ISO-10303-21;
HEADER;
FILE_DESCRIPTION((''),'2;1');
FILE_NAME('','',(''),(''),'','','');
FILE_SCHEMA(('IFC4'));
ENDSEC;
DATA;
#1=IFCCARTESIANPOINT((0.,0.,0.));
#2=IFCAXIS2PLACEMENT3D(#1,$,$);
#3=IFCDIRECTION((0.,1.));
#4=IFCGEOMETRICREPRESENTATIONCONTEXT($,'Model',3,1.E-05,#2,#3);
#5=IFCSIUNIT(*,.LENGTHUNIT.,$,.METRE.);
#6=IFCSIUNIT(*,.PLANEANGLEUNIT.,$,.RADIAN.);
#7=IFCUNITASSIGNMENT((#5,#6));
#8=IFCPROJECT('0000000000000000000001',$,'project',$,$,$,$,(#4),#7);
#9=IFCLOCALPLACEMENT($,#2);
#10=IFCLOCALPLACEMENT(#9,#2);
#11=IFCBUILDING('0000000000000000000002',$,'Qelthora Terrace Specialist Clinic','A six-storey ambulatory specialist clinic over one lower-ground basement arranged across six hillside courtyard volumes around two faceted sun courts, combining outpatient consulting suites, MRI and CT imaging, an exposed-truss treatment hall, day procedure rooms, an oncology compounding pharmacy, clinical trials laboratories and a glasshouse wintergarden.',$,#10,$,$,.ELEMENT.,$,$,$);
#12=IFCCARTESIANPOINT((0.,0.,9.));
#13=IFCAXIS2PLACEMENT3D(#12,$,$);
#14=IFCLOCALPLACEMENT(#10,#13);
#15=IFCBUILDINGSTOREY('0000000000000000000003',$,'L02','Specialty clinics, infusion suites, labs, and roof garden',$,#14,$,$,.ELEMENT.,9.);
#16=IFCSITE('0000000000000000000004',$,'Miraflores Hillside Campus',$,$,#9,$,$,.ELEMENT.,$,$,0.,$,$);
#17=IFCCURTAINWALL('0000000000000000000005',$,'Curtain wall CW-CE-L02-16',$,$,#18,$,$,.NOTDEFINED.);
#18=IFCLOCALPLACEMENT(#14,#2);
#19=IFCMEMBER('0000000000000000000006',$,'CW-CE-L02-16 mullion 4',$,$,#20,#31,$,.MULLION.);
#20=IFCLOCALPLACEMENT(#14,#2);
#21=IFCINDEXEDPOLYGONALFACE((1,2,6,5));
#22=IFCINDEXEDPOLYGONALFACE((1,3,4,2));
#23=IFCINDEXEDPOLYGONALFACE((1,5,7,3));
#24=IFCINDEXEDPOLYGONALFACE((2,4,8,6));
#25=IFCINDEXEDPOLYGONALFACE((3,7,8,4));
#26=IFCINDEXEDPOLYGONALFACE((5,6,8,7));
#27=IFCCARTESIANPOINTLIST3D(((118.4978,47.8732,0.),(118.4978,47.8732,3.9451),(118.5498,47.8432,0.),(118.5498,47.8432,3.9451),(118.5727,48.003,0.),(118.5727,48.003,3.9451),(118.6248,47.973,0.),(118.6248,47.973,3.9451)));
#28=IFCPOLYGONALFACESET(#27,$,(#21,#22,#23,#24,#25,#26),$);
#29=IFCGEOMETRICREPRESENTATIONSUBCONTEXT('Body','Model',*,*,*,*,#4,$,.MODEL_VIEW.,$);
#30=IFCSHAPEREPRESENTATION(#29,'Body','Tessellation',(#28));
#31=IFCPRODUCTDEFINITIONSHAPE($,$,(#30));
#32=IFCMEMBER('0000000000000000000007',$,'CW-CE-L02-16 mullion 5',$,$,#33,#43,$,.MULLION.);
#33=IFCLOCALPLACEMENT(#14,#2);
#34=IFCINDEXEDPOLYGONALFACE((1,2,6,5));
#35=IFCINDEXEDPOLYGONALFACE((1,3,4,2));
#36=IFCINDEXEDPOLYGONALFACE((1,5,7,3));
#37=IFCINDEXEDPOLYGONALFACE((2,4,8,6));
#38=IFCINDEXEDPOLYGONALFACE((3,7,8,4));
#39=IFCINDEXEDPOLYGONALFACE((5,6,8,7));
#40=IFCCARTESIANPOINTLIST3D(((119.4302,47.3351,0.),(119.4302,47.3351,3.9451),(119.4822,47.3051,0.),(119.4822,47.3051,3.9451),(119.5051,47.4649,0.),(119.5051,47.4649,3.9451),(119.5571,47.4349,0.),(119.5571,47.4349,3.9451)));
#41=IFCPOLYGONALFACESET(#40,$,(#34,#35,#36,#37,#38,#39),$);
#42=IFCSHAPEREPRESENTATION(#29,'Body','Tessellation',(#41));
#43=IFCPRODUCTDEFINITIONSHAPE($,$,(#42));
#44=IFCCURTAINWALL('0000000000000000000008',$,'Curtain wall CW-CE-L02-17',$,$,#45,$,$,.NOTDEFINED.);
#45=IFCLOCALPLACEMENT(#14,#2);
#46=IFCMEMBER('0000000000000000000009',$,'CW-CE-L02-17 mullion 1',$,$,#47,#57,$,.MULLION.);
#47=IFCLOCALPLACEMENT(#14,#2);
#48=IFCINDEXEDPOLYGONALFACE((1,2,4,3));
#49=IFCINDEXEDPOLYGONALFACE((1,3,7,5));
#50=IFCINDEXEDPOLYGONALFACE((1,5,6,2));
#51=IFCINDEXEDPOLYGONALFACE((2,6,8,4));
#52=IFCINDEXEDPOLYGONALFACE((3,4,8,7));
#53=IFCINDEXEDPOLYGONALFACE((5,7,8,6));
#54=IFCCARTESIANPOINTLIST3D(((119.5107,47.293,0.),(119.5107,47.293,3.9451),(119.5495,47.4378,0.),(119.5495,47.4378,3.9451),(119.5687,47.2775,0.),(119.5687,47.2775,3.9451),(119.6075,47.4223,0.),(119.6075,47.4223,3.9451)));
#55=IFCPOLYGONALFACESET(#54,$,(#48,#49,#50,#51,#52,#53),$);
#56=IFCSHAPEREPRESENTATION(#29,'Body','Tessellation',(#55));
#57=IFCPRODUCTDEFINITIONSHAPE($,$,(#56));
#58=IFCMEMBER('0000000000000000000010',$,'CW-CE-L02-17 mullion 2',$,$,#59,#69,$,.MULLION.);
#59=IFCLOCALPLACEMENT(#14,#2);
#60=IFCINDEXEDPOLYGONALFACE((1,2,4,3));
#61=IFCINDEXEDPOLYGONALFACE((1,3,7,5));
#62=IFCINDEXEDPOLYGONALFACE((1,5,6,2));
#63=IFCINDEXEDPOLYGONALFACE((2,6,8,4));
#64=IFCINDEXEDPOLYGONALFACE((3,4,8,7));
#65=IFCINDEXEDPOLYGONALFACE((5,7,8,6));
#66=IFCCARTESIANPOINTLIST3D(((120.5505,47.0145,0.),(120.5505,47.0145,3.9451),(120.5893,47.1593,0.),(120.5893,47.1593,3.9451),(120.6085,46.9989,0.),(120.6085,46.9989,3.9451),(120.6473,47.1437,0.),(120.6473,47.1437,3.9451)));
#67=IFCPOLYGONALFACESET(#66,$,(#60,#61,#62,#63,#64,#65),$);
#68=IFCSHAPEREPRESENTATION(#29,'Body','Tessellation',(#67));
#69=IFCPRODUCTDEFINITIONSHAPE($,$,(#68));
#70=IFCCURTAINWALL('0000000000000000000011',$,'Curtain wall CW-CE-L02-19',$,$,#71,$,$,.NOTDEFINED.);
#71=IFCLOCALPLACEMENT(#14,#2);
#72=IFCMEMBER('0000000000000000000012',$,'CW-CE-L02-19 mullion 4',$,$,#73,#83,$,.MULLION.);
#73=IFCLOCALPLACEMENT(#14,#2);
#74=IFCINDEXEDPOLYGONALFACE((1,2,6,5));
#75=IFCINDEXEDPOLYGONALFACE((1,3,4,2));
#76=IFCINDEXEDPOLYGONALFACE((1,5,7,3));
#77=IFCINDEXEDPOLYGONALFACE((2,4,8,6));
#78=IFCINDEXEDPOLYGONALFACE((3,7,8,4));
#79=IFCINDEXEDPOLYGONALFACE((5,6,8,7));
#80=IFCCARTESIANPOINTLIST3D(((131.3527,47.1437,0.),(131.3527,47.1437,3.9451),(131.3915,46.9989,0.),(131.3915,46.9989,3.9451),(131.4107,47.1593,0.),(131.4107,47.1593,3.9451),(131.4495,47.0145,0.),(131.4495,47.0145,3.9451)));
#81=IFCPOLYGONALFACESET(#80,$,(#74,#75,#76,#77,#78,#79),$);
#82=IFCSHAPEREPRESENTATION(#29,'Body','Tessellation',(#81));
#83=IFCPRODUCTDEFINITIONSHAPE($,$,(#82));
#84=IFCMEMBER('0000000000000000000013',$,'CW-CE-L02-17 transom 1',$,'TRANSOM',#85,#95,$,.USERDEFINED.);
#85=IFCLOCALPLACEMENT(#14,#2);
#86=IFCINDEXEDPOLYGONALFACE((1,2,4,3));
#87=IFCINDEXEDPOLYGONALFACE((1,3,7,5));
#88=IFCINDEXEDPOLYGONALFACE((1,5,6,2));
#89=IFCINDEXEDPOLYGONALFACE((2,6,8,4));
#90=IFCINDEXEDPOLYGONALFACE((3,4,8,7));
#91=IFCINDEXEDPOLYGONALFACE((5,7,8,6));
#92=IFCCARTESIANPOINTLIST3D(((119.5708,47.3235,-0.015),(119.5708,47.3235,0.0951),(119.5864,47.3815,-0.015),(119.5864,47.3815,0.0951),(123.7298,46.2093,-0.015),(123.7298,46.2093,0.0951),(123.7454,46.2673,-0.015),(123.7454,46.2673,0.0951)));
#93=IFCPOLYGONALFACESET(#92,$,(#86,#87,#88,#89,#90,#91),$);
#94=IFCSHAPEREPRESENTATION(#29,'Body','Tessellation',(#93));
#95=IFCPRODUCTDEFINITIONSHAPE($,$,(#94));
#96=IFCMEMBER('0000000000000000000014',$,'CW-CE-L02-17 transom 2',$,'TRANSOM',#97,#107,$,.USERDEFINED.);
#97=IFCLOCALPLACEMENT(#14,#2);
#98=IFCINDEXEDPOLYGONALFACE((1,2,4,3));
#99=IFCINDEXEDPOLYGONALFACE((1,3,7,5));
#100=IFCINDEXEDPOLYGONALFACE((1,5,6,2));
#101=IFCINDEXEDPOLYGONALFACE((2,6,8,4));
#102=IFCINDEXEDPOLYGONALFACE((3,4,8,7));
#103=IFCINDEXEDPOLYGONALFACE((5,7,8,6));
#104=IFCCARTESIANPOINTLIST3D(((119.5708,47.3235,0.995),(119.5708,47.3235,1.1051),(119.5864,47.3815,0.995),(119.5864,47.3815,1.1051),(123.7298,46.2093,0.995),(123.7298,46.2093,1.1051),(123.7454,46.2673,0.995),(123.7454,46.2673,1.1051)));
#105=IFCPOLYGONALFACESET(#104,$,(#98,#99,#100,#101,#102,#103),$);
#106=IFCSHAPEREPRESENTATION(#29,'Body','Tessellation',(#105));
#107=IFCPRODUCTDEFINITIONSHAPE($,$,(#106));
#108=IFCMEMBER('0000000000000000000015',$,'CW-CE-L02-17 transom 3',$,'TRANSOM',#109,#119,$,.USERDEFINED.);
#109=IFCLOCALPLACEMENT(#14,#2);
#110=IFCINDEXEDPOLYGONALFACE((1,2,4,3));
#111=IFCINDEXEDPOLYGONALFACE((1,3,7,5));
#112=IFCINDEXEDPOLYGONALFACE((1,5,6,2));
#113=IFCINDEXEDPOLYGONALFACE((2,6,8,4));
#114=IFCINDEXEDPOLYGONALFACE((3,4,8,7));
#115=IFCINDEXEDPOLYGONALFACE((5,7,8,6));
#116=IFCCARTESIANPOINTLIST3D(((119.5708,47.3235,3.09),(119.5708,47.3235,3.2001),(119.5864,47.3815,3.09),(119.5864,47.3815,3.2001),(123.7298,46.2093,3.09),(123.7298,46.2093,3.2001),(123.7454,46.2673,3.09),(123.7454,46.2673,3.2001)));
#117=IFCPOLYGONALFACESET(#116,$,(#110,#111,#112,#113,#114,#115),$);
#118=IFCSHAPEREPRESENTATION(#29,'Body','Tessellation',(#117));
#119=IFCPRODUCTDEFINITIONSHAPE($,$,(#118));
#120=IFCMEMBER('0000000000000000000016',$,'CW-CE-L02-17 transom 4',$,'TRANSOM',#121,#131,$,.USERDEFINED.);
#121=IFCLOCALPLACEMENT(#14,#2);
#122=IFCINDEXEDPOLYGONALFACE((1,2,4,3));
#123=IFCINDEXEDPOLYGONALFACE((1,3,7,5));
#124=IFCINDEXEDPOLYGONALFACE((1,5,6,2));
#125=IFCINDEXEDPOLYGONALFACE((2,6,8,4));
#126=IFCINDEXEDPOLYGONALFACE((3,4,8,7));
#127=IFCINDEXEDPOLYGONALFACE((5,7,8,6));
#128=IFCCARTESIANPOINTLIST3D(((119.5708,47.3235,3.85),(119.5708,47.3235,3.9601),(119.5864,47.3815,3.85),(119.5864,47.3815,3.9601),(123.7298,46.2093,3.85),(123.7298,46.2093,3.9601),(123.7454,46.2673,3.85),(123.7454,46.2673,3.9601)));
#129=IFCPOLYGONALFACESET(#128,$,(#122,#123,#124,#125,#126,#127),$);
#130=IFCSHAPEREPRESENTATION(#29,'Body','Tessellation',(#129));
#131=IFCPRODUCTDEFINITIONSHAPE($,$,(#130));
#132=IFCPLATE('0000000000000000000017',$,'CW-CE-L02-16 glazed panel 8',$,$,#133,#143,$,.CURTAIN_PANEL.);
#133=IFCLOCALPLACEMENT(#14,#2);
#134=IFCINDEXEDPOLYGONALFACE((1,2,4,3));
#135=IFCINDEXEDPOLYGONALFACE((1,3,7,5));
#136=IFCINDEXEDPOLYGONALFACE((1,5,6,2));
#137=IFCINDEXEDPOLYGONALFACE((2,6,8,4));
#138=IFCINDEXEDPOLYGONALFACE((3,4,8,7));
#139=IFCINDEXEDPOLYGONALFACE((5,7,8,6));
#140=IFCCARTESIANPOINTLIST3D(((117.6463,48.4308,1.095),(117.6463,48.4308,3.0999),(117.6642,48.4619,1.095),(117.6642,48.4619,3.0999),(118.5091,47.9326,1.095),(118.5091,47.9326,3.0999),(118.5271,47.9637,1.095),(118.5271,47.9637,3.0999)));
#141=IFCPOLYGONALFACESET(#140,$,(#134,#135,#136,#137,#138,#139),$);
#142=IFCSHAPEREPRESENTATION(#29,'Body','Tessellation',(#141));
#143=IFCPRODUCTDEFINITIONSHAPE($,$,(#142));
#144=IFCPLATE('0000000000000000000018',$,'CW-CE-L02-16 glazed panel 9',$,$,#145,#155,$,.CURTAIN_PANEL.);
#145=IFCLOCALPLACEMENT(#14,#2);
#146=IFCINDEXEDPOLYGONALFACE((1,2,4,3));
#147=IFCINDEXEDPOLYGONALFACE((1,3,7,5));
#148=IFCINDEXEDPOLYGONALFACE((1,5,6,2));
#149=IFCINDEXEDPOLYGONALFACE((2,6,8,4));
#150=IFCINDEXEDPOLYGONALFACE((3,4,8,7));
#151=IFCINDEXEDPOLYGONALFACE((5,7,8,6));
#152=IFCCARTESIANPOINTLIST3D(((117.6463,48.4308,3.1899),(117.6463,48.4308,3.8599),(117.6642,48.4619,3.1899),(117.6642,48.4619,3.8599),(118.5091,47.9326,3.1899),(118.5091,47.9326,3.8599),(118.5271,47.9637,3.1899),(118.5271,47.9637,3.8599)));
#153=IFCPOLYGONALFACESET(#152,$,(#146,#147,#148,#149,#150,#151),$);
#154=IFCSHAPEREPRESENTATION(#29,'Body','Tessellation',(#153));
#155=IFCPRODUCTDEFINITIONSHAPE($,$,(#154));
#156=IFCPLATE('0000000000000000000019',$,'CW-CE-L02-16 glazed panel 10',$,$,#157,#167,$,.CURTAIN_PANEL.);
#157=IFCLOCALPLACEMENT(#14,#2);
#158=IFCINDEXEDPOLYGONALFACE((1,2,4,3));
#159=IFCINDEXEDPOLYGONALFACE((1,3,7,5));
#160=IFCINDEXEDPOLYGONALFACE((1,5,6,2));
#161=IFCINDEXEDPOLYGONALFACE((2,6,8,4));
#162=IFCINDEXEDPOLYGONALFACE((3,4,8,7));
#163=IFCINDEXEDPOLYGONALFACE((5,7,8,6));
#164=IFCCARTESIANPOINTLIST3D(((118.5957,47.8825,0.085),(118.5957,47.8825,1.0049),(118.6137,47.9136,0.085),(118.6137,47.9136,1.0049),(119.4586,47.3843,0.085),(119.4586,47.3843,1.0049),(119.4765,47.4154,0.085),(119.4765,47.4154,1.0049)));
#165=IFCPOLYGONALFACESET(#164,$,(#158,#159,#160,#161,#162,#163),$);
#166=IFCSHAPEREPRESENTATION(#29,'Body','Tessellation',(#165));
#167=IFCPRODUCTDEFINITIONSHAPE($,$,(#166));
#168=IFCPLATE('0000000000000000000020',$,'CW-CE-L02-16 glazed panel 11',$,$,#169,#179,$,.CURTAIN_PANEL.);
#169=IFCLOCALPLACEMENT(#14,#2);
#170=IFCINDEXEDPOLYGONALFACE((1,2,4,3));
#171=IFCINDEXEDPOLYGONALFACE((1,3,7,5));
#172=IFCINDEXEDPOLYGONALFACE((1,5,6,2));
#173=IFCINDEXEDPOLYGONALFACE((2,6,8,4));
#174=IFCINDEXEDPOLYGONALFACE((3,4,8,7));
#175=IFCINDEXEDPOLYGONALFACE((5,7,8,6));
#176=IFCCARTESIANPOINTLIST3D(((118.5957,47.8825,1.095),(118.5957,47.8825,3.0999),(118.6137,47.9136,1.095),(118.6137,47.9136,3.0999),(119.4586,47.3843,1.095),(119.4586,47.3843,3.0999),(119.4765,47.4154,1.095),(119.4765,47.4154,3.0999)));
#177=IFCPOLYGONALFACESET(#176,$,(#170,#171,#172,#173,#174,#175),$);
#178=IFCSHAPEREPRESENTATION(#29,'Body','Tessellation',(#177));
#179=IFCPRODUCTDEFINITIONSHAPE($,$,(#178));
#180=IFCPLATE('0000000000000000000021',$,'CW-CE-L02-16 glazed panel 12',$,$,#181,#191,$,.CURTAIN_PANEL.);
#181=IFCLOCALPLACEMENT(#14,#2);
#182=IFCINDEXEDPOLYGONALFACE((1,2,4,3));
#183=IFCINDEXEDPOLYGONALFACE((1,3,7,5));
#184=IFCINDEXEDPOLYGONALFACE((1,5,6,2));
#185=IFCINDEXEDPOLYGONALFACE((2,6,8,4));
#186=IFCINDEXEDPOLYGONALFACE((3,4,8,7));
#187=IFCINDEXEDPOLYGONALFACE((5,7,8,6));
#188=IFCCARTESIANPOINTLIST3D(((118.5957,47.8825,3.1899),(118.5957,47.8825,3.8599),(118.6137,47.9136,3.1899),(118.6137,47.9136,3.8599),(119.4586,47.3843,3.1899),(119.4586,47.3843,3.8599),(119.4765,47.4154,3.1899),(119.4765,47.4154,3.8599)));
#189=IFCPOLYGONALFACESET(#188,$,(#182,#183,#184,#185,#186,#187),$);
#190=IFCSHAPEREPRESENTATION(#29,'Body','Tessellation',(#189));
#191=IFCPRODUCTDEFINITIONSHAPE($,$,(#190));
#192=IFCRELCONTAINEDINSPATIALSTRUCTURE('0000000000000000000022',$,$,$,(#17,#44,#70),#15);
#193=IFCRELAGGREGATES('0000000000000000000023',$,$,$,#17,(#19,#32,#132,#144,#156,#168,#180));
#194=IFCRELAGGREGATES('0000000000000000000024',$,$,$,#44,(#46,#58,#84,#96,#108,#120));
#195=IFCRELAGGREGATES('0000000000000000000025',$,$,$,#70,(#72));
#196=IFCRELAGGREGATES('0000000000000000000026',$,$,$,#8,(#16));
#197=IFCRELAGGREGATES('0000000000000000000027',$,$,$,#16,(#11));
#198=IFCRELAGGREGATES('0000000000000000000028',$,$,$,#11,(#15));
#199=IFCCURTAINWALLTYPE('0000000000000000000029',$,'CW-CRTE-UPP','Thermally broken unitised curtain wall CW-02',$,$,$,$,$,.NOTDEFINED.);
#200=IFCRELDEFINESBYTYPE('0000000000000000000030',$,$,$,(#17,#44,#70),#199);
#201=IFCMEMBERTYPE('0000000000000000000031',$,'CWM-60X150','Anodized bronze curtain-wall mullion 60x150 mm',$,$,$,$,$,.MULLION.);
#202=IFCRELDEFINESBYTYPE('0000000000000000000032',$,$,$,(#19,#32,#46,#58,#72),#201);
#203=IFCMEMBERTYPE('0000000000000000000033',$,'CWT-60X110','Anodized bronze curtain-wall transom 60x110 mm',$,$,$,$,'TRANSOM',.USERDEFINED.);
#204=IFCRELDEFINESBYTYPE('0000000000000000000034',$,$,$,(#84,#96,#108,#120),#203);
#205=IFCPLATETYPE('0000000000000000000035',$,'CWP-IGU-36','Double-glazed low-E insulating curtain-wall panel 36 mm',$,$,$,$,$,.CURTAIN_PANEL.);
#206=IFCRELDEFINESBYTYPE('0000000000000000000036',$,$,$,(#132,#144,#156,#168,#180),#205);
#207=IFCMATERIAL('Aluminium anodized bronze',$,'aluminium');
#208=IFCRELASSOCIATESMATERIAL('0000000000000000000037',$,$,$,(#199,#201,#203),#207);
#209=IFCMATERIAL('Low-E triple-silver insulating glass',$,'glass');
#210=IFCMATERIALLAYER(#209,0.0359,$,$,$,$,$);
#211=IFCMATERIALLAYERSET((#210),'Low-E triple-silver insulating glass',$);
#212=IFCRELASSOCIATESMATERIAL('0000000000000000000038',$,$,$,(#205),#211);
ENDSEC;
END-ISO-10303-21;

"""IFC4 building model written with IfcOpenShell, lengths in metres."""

from ifc_helpers import new_model, si_unit, direction, frame, origin, origin_2d, place, context, subcontext, project, spatial, rectangle, extrude, material, layer, layer_set, material_profile, profile_set, type_object, element, aggregate, save


model = new_model("IFC4")

# Units and contexts
model_context = context("Model", 3, precision=1e-05, world=origin(), true_north=direction((0.0, 1.0)))
body_context = subcontext(model_context, "Body", "Model", "MODEL_VIEW")
ifc_project = project(units=[si_unit("LENGTHUNIT", "METRE"), si_unit("PLANEANGLEUNIT", "RADIAN")], contexts=[model_context])

# Site, building, storey
site_placement = place(None, origin())
site = spatial("IfcSite", under=ifc_project, at=site_placement, Name="Miraflores Hillside Campus", CompositionType="ELEMENT", RefElevation=0.0)
building_placement = place(site_placement, origin())
building = spatial("IfcBuilding", under=site, at=building_placement, Name="Qelthora Terrace Specialist Clinic", Description="A six-storey ambulatory specialist clinic over one lower-ground basement arranged across six hillside courtyard volumes around two faceted sun courts, combining outpatient consulting suites, MRI and CT imaging, an exposed-truss treatment hall, day procedure rooms, an oncology compounding pharmacy, clinical trials laboratories and a glasshouse wintergarden.", CompositionType="ELEMENT")
storey_placement = place(building_placement, frame((0.0, 0.0, 9.0)))
storey = spatial("IfcBuildingStorey", under=building, at=storey_placement, Name="L02", Description="Specialty clinics, infusion suites, labs, and roof garden", CompositionType="ELEMENT", Elevation=9.0)

# Curtain walls, members
ifc_material_1 = material(Name="Aluminium anodized bronze", Category="aluminium")
curtain_wall_type = type_object("IfcCurtainWallType", Name="CW-CRTE-UPP", Description="Thermally broken unitised curtain wall CW-02", PredefinedType="NOTDEFINED", material=ifc_material_1)
curtain_wall_1_placement = place(storey_placement, origin())
curtain_wall_1 = element("IfcCurtainWall", 1, at=curtain_wall_1_placement, inside=storey, type_object=curtain_wall_type, Name="Curtain wall CW-CE-L02-16", PredefinedType="NOTDEFINED")
ifc_material_profile_1 = material_profile(ifc_material_1, rectangle(XDim=0.0601, YDim=0.1499, at=origin_2d()), Name="CWM60X150")
ifc_profile_set_1 = profile_set([ifc_material_profile_1], Name="Aluminium anodized bronze")
member_type_1 = type_object("IfcMemberType", Name="CWM-60X150", Description="Anodized bronze curtain-wall mullion 60x150 mm", PredefinedType="MULLION", material=ifc_profile_set_1)
member_1_placement = place(storey_placement, frame((118.5613, 47.9231, 0.0), z_axis=(0.0, 0.0, 1.0), x_axis=(0.866025, -0.5, 0.0)))
member_1 = element("IfcMember", 2, at=member_1_placement, type_object=member_type_1, Name="CW-CE-L02-16 mullion 4", PredefinedType="MULLION", context=body_context, shape_type="SweptSolid", body=[
    extrude(rectangle(XDim=0.0601, YDim=0.1499, at=origin_2d()), origin(), (0.0, 0.0, 1.0), 3.9451),
])
member_2_placement = place(storey_placement, frame((119.4937, 47.385, 0.0), z_axis=(0.0, 0.0, 1.0), x_axis=(0.866025, -0.5, 0.0)))
member_2 = element("IfcMember", 3, at=member_2_placement, type_object=member_type_1, Name="CW-CE-L02-16 mullion 5", PredefinedType="MULLION", context=body_context, shape_type="SweptSolid", body=[
    extrude(rectangle(XDim=0.0601, YDim=0.1499, at=origin_2d()), origin(), (0.0, 0.0, 1.0), 3.9451),
])
curtain_wall_2_placement = place(storey_placement, origin())
curtain_wall_2 = element("IfcCurtainWall", 4, at=curtain_wall_2_placement, inside=storey, type_object=curtain_wall_type, Name="Curtain wall CW-CE-L02-17", PredefinedType="NOTDEFINED")
member_3_placement = place(storey_placement, frame((119.5591, 47.3577, 0.0), z_axis=(0.0, 0.0, 1.0), x_axis=(0.965926, -0.25882, 0.0)))
member_3 = element("IfcMember", 5, at=member_3_placement, type_object=member_type_1, Name="CW-CE-L02-17 mullion 1", PredefinedType="MULLION", context=body_context, shape_type="SweptSolid", body=[
    extrude(rectangle(XDim=0.0601, YDim=0.1499, at=origin_2d()), origin(), (0.0, 0.0, 1.0), 3.9451),
])
member_4_placement = place(storey_placement, frame((120.5989, 47.0791, 0.0), z_axis=(0.0, 0.0, 1.0), x_axis=(0.965926, -0.25882, 0.0)))
member_4 = element("IfcMember", 6, at=member_4_placement, type_object=member_type_1, Name="CW-CE-L02-17 mullion 2", PredefinedType="MULLION", context=body_context, shape_type="SweptSolid", body=[
    extrude(rectangle(XDim=0.0601, YDim=0.1499, at=origin_2d()), origin(), (0.0, 0.0, 1.0), 3.9451),
])

# Curtain wall, member
curtain_wall_3_placement = place(storey_placement, origin())
curtain_wall_3 = element("IfcCurtainWall", 7, at=curtain_wall_3_placement, inside=storey, type_object=curtain_wall_type, Name="Curtain wall CW-CE-L02-19", PredefinedType="NOTDEFINED")
member_5_placement = place(storey_placement, frame((131.4011, 47.0791, 0.0), z_axis=(0.0, 0.0, 1.0), x_axis=(0.965926, 0.25882, 0.0)))
member_5 = element("IfcMember", 8, at=member_5_placement, type_object=member_type_1, Name="CW-CE-L02-19 mullion 4", PredefinedType="MULLION", context=body_context, shape_type="SweptSolid", body=[
    extrude(rectangle(XDim=0.0601, YDim=0.1499, at=origin_2d()), origin(), (0.0, 0.0, 1.0), 3.9451),
])

# Members
ifc_material_profile_2 = material_profile(ifc_material_1, rectangle(XDim=0.0601, YDim=0.1101, at=origin_2d()), Name="CWT60X110")
ifc_profile_set_2 = profile_set([ifc_material_profile_2], Name="Aluminium anodized bronze")
member_type_2 = type_object("IfcMemberType", Name="CWT-60X110", Description="Anodized bronze curtain-wall transom 60x110 mm", ElementType="TRANSOM", PredefinedType="USERDEFINED", material=ifc_profile_set_2)
member_6_placement = place(storey_placement, frame((119.5786, 47.3525, 0.04), z_axis=(0.965933, -0.258792, 0.0), x_axis=(0.258792, 0.965933, 0.0)))
member_6 = element("IfcMember", 9, at=member_6_placement, type_object=member_type_2, Name="CW-CE-L02-17 transom 1", ObjectType="TRANSOM", PredefinedType="USERDEFINED", context=body_context, shape_type="SweptSolid", body=[
    extrude(rectangle(XDim=0.0601, YDim=0.1101, at=origin_2d()), origin(), (0.0, 0.0, 1.0), 4.3057),
])
member_7_placement = place(storey_placement, frame((119.5786, 47.3525, 1.05), z_axis=(0.965933, -0.258792, 0.0), x_axis=(0.258792, 0.965933, 0.0)))
member_7 = element("IfcMember", 10, at=member_7_placement, type_object=member_type_2, Name="CW-CE-L02-17 transom 2", ObjectType="TRANSOM", PredefinedType="USERDEFINED", context=body_context, shape_type="SweptSolid", body=[
    extrude(rectangle(XDim=0.0601, YDim=0.1101, at=origin_2d()), origin(), (0.0, 0.0, 1.0), 4.3057),
])
member_8_placement = place(storey_placement, frame((119.5786, 47.3525, 3.145), z_axis=(0.965933, -0.258792, 0.0), x_axis=(0.258792, 0.965933, 0.0)))
member_8 = element("IfcMember", 11, at=member_8_placement, type_object=member_type_2, Name="CW-CE-L02-17 transom 3", ObjectType="TRANSOM", PredefinedType="USERDEFINED", context=body_context, shape_type="SweptSolid", body=[
    extrude(rectangle(XDim=0.0601, YDim=0.1101, at=origin_2d()), origin(), (0.0, 0.0, 1.0), 4.3057),
])
member_9_placement = place(storey_placement, frame((119.5786, 47.3525, 3.905), z_axis=(0.965933, -0.258792, 0.0), x_axis=(0.258792, 0.965933, 0.0)))
member_9 = element("IfcMember", 12, at=member_9_placement, type_object=member_type_2, Name="CW-CE-L02-17 transom 4", ObjectType="TRANSOM", PredefinedType="USERDEFINED", context=body_context, shape_type="SweptSolid", body=[
    extrude(rectangle(XDim=0.0601, YDim=0.1101, at=origin_2d()), origin(), (0.0, 0.0, 1.0), 4.3057),
])

# Plates
ifc_material_2 = material(Name="Low-E triple-silver insulating glass", Category="glass")
ifc_layer = layer(ifc_material_2, 0.0359)
ifc_layer_set = layer_set([ifc_layer], Name="Low-E triple-silver insulating glass")
plate_type = type_object("IfcPlateType", Name="CWP-IGU-36", Description="Double-glazed low-E insulating curtain-wall panel 36 mm", PredefinedType="CURTAIN_PANEL", material=ifc_layer_set)
plate_1_placement = place(storey_placement, frame((118.0867, 48.1973, 1.095), z_axis=(0.0, 0.0, 1.0), x_axis=(0.866025, -0.5, 0.0)))
plate_1 = element("IfcPlate", 13, at=plate_1_placement, type_object=plate_type, Name="CW-CE-L02-16 glazed panel 8", PredefinedType="CURTAIN_PANEL", context=body_context, shape_type="SweptSolid", body=[
    extrude(rectangle(XDim=0.9963, YDim=0.0359, at=origin_2d()), origin(), (0.0, 0.0, 1.0), 2.0049),
])
plate_2_placement = place(storey_placement, frame((118.0867, 48.1973, 3.1899), z_axis=(0.0, 0.0, 1.0), x_axis=(0.866025, -0.5, 0.0)))
plate_2 = element("IfcPlate", 14, at=plate_2_placement, type_object=plate_type, Name="CW-CE-L02-16 glazed panel 9", PredefinedType="CURTAIN_PANEL", context=body_context, shape_type="SweptSolid", body=[
    extrude(rectangle(XDim=0.9963, YDim=0.0359, at=origin_2d()), origin(), (0.0, 0.0, 1.0), 0.6699),
])
plate_3_placement = place(storey_placement, frame((119.0361, 47.6489, 0.085), z_axis=(0.0, 0.0, 1.0), x_axis=(0.866025, -0.5, 0.0)))
plate_3 = element("IfcPlate", 15, at=plate_3_placement, type_object=plate_type, Name="CW-CE-L02-16 glazed panel 10", PredefinedType="CURTAIN_PANEL", context=body_context, shape_type="SweptSolid", body=[
    extrude(rectangle(XDim=0.9963, YDim=0.0359, at=origin_2d()), origin(), (0.0, 0.0, 1.0), 0.9199),
])
plate_4_placement = place(storey_placement, frame((119.0361, 47.6489, 1.095), z_axis=(0.0, 0.0, 1.0), x_axis=(0.866025, -0.5, 0.0)))
plate_4 = element("IfcPlate", 16, at=plate_4_placement, type_object=plate_type, Name="CW-CE-L02-16 glazed panel 11", PredefinedType="CURTAIN_PANEL", context=body_context, shape_type="SweptSolid", body=[
    extrude(rectangle(XDim=0.9963, YDim=0.0359, at=origin_2d()), origin(), (0.0, 0.0, 1.0), 2.0049),
])
plate_5_placement = place(storey_placement, frame((119.0361, 47.6489, 3.1899), z_axis=(0.0, 0.0, 1.0), x_axis=(0.866025, -0.5, 0.0)))
plate_5 = element("IfcPlate", 17, at=plate_5_placement, type_object=plate_type, Name="CW-CE-L02-16 glazed panel 12", PredefinedType="CURTAIN_PANEL", context=body_context, shape_type="SweptSolid", body=[
    extrude(rectangle(XDim=0.9963, YDim=0.0359, at=origin_2d()), origin(), (0.0, 0.0, 1.0), 0.6699),
])
aggregate(curtain_wall_1, [member_1, member_2, plate_1, plate_2, plate_3, plate_4, plate_5])
aggregate(curtain_wall_2, [member_3, member_4, member_6, member_7, member_8, member_9])
aggregate(curtain_wall_3, [member_5])

save(model, "model.ifc")
